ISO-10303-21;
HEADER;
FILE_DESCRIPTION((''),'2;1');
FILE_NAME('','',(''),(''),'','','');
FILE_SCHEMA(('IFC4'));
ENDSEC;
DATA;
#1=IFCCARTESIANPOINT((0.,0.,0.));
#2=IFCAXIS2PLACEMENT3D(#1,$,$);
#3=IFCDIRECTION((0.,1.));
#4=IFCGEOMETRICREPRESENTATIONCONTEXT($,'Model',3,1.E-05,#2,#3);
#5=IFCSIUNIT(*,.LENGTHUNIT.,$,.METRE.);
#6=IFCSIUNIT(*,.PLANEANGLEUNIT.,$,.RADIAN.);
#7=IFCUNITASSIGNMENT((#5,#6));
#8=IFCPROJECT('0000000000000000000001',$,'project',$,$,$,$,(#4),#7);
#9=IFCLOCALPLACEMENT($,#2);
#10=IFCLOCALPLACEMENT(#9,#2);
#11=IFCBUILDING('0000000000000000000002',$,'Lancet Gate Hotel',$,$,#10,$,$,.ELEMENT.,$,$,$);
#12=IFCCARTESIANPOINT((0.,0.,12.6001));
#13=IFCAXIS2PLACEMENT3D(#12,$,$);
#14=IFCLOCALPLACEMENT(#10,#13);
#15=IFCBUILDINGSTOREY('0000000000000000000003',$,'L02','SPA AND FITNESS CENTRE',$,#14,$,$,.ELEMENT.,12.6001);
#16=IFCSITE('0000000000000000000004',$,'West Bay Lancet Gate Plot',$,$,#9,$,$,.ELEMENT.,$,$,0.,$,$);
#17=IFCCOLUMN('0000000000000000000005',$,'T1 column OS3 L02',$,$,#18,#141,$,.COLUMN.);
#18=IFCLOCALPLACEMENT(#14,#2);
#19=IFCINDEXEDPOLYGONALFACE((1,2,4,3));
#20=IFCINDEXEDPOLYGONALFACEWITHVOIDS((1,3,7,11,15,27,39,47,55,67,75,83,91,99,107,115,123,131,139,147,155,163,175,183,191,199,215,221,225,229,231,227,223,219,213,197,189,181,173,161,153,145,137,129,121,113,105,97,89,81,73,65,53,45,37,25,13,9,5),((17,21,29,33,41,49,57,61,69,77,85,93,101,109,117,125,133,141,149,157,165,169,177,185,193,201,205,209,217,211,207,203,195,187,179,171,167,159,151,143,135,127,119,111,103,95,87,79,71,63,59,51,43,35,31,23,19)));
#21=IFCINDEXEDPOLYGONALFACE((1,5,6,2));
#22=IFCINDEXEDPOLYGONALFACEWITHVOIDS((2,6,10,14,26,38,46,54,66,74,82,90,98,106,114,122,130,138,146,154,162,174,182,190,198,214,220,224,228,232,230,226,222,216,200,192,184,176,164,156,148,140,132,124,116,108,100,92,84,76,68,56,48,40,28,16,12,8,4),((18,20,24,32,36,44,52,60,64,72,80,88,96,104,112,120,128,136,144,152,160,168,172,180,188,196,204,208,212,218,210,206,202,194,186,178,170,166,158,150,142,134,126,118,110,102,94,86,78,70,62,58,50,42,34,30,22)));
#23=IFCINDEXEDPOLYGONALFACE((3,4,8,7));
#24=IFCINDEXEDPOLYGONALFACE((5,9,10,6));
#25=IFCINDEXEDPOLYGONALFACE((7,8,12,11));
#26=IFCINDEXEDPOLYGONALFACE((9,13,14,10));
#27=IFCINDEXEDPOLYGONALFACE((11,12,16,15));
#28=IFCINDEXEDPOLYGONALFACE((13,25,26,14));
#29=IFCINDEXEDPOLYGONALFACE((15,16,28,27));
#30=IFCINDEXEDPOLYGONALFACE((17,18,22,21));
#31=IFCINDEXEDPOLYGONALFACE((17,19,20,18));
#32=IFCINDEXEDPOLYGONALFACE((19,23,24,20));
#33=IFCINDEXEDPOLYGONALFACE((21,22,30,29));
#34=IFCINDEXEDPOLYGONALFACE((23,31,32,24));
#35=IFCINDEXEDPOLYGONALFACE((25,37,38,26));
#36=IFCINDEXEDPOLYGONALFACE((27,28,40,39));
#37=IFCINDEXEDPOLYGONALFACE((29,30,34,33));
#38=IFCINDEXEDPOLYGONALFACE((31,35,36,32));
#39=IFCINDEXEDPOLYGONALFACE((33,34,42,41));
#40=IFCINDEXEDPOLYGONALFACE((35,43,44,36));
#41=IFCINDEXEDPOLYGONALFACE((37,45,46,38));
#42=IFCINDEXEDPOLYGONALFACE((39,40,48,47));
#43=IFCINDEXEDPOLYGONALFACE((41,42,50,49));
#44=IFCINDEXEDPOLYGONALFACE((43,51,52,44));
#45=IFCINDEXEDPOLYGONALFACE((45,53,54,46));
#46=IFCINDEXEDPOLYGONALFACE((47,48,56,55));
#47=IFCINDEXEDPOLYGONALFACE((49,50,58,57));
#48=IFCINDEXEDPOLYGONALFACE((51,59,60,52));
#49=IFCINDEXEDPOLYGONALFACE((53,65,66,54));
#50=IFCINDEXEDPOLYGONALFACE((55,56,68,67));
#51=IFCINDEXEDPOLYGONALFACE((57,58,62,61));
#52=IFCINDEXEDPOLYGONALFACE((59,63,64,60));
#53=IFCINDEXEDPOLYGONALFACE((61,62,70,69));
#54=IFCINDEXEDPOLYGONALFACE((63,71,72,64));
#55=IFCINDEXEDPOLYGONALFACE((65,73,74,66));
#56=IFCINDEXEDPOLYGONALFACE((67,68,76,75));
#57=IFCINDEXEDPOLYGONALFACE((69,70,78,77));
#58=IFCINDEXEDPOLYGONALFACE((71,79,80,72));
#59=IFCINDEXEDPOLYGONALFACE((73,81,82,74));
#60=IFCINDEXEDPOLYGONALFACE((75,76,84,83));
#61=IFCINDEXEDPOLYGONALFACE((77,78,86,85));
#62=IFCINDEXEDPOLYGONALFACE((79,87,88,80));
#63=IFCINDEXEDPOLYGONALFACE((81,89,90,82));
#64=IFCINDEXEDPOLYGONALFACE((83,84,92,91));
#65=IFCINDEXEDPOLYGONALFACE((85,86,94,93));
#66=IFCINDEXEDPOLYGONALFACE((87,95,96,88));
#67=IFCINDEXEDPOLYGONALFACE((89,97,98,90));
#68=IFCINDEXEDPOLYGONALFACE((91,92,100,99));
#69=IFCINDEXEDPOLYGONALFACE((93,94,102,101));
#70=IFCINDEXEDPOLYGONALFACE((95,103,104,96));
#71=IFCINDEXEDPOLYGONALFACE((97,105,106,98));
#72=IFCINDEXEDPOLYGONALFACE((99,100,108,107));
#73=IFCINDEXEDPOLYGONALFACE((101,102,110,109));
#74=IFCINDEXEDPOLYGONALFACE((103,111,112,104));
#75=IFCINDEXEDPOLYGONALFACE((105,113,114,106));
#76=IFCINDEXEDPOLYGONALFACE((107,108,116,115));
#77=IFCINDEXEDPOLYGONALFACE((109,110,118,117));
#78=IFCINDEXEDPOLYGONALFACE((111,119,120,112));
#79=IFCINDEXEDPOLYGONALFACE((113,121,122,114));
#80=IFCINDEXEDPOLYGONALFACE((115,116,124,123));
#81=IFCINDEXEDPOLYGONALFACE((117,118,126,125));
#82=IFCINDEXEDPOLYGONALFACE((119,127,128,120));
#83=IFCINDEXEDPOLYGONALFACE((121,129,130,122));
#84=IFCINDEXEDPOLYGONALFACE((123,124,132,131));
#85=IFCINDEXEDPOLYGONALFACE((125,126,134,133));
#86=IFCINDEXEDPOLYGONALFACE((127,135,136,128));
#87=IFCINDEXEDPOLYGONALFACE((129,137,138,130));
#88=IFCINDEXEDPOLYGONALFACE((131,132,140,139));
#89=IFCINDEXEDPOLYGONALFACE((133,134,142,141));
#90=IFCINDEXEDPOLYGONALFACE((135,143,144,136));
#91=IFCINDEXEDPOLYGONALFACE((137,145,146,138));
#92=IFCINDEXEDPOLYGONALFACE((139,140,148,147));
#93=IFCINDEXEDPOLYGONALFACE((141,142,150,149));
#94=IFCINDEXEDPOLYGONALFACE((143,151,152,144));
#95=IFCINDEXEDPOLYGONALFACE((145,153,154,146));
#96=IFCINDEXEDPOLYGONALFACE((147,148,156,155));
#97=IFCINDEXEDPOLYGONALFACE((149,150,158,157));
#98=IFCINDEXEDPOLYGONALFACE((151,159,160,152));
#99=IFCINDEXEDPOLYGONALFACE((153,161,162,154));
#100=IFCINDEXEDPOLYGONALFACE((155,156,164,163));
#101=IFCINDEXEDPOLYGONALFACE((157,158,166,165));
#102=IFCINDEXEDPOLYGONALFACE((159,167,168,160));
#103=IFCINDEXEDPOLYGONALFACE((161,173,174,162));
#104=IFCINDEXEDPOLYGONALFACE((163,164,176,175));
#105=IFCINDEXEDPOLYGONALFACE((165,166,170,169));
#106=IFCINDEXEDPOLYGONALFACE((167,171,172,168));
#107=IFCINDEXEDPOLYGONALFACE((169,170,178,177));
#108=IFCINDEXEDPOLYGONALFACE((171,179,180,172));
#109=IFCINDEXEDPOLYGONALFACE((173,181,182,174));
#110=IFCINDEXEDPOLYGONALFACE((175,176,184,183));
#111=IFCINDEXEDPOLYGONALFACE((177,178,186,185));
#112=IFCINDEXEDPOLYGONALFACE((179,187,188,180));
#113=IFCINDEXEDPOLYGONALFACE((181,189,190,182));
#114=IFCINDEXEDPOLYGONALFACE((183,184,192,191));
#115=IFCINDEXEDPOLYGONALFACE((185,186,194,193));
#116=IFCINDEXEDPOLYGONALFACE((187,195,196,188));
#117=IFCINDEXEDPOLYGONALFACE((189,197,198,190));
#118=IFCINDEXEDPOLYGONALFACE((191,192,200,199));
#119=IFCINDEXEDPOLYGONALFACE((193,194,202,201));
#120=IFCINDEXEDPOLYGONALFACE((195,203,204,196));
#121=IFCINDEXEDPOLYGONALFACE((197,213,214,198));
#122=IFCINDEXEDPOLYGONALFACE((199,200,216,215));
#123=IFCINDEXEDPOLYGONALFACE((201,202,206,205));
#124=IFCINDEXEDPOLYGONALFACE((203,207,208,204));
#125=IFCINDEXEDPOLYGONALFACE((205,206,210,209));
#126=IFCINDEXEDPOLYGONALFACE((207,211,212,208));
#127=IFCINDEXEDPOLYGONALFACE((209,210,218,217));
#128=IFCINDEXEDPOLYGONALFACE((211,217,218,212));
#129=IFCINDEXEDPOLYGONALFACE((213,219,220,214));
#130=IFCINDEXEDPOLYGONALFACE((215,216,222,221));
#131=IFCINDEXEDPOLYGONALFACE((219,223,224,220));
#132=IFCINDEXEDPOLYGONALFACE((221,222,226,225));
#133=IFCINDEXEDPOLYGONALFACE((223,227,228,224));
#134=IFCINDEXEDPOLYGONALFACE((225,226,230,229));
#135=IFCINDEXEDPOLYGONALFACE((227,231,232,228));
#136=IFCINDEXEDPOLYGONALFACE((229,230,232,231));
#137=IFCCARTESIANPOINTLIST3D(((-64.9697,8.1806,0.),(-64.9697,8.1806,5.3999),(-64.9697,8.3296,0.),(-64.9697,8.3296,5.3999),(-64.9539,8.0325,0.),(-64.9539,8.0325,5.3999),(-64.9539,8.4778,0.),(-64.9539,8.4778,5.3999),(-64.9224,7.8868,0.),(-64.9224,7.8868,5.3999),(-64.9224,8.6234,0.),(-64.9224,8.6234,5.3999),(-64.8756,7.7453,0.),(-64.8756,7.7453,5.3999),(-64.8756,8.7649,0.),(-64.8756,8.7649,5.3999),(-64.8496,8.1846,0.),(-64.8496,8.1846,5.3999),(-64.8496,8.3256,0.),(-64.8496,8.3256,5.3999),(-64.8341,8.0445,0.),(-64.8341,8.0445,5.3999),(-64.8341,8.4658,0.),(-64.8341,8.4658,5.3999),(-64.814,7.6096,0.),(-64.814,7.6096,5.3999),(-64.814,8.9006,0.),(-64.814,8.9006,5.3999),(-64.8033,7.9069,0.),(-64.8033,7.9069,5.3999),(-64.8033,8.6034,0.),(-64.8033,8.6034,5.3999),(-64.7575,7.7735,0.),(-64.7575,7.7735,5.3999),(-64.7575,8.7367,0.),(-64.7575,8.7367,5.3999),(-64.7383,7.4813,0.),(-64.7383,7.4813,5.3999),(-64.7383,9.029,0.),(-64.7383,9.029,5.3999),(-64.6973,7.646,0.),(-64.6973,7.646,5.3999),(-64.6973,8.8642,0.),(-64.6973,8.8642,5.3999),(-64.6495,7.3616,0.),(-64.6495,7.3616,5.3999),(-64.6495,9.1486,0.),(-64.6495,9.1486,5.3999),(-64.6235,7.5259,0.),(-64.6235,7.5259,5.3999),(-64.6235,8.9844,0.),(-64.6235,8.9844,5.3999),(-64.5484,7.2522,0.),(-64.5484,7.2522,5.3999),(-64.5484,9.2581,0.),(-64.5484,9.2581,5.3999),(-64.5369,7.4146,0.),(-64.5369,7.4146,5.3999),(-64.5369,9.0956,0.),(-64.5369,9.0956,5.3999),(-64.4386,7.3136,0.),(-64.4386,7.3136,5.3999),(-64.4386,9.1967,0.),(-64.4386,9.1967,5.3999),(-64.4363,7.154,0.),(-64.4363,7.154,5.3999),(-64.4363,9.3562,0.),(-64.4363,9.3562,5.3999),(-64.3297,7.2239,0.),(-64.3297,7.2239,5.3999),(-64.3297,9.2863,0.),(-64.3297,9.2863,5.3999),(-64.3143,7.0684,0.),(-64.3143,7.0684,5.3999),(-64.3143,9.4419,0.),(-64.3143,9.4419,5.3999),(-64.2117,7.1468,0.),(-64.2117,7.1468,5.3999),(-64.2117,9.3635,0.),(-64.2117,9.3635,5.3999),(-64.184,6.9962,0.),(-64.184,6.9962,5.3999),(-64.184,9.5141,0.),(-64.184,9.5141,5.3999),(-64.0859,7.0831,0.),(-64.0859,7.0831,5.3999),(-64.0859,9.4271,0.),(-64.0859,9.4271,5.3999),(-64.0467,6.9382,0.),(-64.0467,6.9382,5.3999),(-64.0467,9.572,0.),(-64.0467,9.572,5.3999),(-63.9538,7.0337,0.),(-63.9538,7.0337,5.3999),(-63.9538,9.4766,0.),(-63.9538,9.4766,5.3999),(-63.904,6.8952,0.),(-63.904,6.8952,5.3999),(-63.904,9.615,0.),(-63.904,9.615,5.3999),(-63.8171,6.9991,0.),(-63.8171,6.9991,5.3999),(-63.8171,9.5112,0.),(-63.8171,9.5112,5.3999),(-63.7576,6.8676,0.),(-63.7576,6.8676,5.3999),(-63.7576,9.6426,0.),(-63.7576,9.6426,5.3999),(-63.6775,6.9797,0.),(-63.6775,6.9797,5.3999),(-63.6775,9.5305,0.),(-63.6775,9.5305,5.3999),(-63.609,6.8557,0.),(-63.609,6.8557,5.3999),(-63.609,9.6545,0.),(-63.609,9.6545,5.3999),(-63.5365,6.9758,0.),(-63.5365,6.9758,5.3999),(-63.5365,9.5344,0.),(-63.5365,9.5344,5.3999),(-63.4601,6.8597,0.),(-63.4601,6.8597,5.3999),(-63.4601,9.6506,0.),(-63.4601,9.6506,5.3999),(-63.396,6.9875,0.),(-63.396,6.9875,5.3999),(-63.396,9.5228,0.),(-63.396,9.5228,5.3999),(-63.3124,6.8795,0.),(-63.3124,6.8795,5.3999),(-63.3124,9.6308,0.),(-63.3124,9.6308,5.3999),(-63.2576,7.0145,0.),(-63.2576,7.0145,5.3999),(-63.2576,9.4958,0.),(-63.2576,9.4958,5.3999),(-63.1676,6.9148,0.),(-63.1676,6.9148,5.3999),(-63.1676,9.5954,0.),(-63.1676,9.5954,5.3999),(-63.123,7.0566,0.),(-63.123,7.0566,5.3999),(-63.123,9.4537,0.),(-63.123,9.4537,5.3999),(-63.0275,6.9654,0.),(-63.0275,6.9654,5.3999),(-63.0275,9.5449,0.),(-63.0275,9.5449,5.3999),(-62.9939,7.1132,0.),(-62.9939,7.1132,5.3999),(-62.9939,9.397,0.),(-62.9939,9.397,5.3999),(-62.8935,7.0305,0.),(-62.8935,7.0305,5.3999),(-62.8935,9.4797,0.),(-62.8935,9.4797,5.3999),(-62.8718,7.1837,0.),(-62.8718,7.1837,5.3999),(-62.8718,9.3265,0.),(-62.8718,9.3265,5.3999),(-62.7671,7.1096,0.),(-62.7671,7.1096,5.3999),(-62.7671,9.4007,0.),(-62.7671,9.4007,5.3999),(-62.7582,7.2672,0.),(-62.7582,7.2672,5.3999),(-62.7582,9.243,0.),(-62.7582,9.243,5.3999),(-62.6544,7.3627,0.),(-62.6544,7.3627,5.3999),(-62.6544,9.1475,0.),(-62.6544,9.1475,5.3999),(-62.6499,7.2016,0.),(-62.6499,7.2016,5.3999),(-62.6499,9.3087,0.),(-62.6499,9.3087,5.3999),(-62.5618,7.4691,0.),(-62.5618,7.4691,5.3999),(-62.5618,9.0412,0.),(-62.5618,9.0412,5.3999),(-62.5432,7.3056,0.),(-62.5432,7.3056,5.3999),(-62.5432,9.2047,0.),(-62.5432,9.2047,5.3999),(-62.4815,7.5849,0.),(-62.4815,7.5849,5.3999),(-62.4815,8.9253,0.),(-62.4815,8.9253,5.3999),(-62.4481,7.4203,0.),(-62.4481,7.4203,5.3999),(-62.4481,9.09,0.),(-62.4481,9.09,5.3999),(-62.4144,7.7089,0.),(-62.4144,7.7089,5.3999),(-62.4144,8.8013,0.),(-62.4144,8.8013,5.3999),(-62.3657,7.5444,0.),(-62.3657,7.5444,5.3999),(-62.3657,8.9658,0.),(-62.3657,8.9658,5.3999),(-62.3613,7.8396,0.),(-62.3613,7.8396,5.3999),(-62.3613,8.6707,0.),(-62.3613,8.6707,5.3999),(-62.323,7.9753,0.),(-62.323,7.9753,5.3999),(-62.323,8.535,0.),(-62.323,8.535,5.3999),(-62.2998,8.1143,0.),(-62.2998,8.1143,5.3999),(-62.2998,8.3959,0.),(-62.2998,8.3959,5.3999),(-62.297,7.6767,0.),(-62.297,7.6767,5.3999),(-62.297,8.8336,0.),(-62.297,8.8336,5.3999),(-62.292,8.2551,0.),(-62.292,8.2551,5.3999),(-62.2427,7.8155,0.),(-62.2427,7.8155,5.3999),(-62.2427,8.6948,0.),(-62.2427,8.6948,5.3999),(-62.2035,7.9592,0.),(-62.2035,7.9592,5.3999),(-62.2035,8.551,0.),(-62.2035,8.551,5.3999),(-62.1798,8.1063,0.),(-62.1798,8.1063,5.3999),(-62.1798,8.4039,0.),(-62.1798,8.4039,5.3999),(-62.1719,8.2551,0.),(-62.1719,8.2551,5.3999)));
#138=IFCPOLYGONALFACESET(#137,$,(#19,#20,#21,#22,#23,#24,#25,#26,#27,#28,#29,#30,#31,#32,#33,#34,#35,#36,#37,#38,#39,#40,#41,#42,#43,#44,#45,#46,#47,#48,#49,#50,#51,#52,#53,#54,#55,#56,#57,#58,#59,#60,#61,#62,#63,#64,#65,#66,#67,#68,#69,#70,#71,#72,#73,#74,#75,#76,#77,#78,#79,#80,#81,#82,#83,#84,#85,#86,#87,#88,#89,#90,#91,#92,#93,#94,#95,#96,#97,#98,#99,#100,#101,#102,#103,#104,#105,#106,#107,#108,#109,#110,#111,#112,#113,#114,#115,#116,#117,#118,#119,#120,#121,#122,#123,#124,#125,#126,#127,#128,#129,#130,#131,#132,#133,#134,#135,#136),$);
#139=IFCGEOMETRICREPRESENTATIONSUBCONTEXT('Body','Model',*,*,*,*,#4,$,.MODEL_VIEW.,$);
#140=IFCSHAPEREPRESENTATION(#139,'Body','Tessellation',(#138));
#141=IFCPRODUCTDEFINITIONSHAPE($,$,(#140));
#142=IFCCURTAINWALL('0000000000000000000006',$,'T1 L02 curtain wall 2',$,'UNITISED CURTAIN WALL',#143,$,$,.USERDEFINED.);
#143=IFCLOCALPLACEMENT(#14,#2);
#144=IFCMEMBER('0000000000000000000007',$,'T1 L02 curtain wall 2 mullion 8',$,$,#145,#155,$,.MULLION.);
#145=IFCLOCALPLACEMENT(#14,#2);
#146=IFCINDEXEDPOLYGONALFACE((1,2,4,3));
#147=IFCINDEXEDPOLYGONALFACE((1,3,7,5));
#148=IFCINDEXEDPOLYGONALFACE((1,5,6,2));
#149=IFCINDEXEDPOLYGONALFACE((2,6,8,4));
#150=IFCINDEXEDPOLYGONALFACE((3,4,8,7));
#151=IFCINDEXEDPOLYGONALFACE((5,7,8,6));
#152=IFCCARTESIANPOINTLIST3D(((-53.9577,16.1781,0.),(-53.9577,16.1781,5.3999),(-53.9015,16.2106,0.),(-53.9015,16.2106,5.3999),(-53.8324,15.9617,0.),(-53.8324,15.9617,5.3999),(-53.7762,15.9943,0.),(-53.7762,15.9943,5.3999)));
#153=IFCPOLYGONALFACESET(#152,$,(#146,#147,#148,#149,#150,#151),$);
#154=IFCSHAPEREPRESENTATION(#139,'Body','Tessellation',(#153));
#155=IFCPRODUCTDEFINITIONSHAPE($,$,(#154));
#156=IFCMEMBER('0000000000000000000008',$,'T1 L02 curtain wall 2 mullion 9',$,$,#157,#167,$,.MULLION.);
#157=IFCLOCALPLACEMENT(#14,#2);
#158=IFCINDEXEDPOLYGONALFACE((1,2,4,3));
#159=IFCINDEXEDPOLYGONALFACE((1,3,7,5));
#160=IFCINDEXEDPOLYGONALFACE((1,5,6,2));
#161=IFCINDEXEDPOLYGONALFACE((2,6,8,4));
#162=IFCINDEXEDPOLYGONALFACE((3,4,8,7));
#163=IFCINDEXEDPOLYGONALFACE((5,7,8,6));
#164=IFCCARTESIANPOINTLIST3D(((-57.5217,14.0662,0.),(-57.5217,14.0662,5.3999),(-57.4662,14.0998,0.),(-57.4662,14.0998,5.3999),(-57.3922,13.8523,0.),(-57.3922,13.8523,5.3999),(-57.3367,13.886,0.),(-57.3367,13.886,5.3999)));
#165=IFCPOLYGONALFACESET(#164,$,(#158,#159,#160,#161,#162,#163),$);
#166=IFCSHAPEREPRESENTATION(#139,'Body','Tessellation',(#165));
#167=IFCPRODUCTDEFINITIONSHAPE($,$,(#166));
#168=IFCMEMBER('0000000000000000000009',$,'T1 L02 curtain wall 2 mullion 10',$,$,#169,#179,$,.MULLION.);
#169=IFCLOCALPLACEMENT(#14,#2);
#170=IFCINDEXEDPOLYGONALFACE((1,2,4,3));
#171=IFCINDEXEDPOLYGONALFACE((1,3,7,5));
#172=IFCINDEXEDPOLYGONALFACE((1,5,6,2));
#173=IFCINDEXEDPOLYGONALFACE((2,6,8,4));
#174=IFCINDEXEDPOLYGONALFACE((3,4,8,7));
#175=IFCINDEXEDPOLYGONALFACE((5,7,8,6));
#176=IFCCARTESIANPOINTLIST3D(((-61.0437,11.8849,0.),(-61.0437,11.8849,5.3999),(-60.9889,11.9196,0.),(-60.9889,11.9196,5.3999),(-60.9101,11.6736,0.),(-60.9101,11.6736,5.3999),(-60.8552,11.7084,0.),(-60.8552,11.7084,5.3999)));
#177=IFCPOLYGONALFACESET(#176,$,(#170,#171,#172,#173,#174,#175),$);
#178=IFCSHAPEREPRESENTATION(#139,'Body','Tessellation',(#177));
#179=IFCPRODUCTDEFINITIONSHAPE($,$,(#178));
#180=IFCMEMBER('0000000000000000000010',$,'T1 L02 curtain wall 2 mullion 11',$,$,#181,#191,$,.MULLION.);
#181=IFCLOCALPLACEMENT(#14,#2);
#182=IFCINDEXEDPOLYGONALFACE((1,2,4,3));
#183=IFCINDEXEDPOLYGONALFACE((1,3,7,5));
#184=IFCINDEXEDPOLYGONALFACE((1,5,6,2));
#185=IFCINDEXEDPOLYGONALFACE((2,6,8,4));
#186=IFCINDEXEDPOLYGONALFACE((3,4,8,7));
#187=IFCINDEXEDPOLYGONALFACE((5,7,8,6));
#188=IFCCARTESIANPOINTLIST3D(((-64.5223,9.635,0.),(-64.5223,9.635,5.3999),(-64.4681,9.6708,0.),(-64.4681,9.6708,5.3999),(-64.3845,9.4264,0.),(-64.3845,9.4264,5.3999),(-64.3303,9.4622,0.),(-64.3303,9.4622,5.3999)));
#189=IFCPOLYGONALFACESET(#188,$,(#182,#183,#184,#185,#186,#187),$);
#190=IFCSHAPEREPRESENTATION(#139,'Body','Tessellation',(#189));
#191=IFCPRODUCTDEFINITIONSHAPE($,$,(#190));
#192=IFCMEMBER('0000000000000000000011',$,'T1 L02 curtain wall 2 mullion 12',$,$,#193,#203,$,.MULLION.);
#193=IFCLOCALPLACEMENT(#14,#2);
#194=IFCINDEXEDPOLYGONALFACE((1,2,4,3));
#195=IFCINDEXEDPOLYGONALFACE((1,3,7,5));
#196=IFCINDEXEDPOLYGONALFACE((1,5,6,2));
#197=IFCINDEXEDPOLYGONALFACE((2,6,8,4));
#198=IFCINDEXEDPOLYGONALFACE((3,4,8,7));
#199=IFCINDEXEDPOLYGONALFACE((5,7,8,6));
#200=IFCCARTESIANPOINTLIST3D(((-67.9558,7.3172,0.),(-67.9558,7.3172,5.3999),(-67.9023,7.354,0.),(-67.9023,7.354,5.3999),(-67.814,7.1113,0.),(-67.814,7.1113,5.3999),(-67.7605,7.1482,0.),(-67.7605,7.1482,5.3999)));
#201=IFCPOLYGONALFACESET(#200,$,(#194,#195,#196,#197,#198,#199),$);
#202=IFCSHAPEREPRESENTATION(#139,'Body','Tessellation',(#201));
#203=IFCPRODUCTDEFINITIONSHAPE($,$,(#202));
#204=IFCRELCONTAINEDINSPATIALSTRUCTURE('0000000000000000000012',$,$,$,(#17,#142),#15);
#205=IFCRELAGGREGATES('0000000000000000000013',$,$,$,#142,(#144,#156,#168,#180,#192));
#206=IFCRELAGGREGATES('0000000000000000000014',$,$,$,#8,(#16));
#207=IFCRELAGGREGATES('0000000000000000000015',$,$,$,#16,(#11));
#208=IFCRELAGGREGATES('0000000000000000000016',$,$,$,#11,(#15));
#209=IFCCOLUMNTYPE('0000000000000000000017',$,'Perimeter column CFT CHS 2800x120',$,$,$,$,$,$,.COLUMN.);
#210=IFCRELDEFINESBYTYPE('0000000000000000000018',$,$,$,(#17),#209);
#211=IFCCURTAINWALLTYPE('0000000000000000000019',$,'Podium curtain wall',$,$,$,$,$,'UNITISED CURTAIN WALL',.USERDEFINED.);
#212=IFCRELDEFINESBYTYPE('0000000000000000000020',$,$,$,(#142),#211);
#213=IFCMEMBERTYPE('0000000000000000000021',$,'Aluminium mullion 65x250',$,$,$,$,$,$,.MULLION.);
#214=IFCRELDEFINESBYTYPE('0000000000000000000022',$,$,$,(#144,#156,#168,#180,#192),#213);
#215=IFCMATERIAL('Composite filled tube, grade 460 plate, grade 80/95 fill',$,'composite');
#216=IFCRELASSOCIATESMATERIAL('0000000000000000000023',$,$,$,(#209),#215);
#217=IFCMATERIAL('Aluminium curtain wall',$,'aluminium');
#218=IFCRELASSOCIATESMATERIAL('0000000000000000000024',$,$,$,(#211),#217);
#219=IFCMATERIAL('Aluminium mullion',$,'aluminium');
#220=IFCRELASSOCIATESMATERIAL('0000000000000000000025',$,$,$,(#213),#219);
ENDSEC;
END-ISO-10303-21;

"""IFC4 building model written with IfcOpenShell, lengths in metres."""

from ifc_helpers import new_model, si_unit, direction, frame, origin, origin_2d, place, context, subcontext, project, spatial, rectangle, hollow_circle, extrude, material, material_profile, profile_set, type_object, element, aggregate, save


model = new_model("IFC4")

# Units and contexts
model_context = context("Model", 3, precision=1e-05, world=origin(), true_north=direction((0.0, 1.0)))
body_context = subcontext(model_context, "Body", "Model", "MODEL_VIEW")
ifc_project = project(units=[si_unit("LENGTHUNIT", "METRE"), si_unit("PLANEANGLEUNIT", "RADIAN")], contexts=[model_context])

# Site, building, storey
site_placement = place(None, origin())
site = spatial("IfcSite", under=ifc_project, at=site_placement, Name="West Bay Lancet Gate Plot", CompositionType="ELEMENT", RefElevation=0.0)
building_placement = place(site_placement, origin())
building = spatial("IfcBuilding", under=site, at=building_placement, Name="Lancet Gate Hotel", CompositionType="ELEMENT")
storey_placement = place(building_placement, frame((0.0, 0.0, 12.6001)))
storey = spatial("IfcBuildingStorey", under=building, at=storey_placement, Name="L02", Description="SPA AND FITNESS CENTRE", CompositionType="ELEMENT", Elevation=12.6001)

# Column
ifc_material_1 = material(Name="Composite filled tube, grade 460 plate, grade 80/95 fill", Category="composite")
ifc_material_profile_1 = material_profile(ifc_material_1, hollow_circle(Radius=1.3999, WallThickness=0.1201, at=origin_2d()), Name="CHS 2800x120")
ifc_profile_set_1 = profile_set([ifc_material_profile_1], Name="Composite filled tube, grade 460 plate, grade 80/95 fill")
column_type = type_object("IfcColumnType", Name="Perimeter column CFT CHS 2800x120", PredefinedType="COLUMN", material=ifc_profile_set_1)
for number, where, z_axis, x_axis, name in (
    (1, (-63.5718, 8.2551, 0.0), (0.0, 0.0, 1.0), (1.0, 0.0, 0.0), "T1 column OS3 L02"),
):
    element("IfcColumn", number, at=place(storey_placement, frame(where, z_axis=z_axis, x_axis=x_axis)), inside=storey, type_object=column_type, Name=name, PredefinedType="COLUMN", context=body_context, shape_type="SweptSolid", body=[
        extrude(hollow_circle(Radius=1.3999, WallThickness=0.1201, at=origin_2d()), origin(), (0.0, 0.0, 1.0), 5.3999),
    ])

# Curtain wall, members
ifc_material_2 = material(Name="Aluminium curtain wall", Category="aluminium")
curtain_wall_type = type_object("IfcCurtainWallType", Name="Podium curtain wall", ElementType="UNITISED CURTAIN WALL", PredefinedType="USERDEFINED", material=ifc_material_2)
curtain_wall_placement = place(storey_placement, origin())
curtain_wall = element("IfcCurtainWall", 2, at=curtain_wall_placement, inside=storey, type_object=curtain_wall_type, Name="T1 L02 curtain wall 2", ObjectType="UNITISED CURTAIN WALL", PredefinedType="USERDEFINED")
ifc_material_3 = material(Name="Aluminium mullion", Category="aluminium")
ifc_material_profile_2 = material_profile(ifc_material_3, rectangle(XDim=0.0649, YDim=0.25, at=origin_2d()), Name="MULLION 65x250")
ifc_profile_set_2 = profile_set([ifc_material_profile_2], Name="Aluminium mullion")
member_type_1 = type_object("IfcMemberType", Name="Aluminium mullion 65x250", PredefinedType="MULLION", material=ifc_profile_set_2)
member_1_placement = place(storey_placement, frame((-53.8669, 16.0862, 0.0), z_axis=(0.0, 0.0, 1.0), x_axis=(-0.865335, -0.501194, 0.0)))
member_1 = element("IfcMember", 3, at=member_1_placement, type_object=member_type_1, Name="T1 L02 curtain wall 2 mullion 8", PredefinedType="MULLION", context=body_context, shape_type="SweptSolid", body=[
    extrude(rectangle(XDim=0.0649, YDim=0.25, at=origin_2d()), origin(), (0.0, 0.0, 1.0), 5.3999),
])
member_2_placement = place(storey_placement, frame((-57.4292, 13.9761, 0.0), z_axis=(0.0, 0.0, 1.0), x_axis=(-0.855346, -0.518057, 0.0)))
member_2 = element("IfcMember", 4, at=member_2_placement, type_object=member_type_1, Name="T1 L02 curtain wall 2 mullion 9", PredefinedType="MULLION", context=body_context, shape_type="SweptSolid", body=[
    extrude(rectangle(XDim=0.0649, YDim=0.25, at=origin_2d()), origin(), (0.0, 0.0, 1.0), 5.3999),
])
member_3_placement = place(storey_placement, frame((-60.9495, 11.7966, 0.0), z_axis=(0.0, 0.0, 1.0), x_axis=(-0.845029, -0.53472, 0.0)))
member_3 = element("IfcMember", 5, at=member_3_placement, type_object=member_type_1, Name="T1 L02 curtain wall 2 mullion 10", PredefinedType="MULLION", context=body_context, shape_type="SweptSolid", body=[
    extrude(rectangle(XDim=0.0649, YDim=0.25, at=origin_2d()), origin(), (0.0, 0.0, 1.0), 5.3999),
])
member_4_placement = place(storey_placement, frame((-64.4263, 9.5486, 0.0), z_axis=(0.0, 0.0, 1.0), x_axis=(-0.834387, -0.551178, 0.0)))
member_4 = element("IfcMember", 6, at=member_4_placement, type_object=member_type_1, Name="T1 L02 curtain wall 2 mullion 11", PredefinedType="MULLION", context=body_context, shape_type="SweptSolid", body=[
    extrude(rectangle(XDim=0.0649, YDim=0.25, at=origin_2d()), origin(), (0.0, 0.0, 1.0), 5.3999),
])
member_5_placement = place(storey_placement, frame((-67.8582, 7.2327, 0.0), z_axis=(0.0, 0.0, 1.0), x_axis=(-0.823425, -0.567425, 0.0)))
member_5 = element("IfcMember", 7, at=member_5_placement, type_object=member_type_1, Name="T1 L02 curtain wall 2 mullion 12", PredefinedType="MULLION", context=body_context, shape_type="SweptSolid", body=[
    extrude(rectangle(XDim=0.0649, YDim=0.25, at=origin_2d()), origin(), (0.0, 0.0, 1.0), 5.3999),
])

aggregate(curtain_wall, [member_1, member_2, member_3, member_4, member_5])

save(model, "model.ifc")
